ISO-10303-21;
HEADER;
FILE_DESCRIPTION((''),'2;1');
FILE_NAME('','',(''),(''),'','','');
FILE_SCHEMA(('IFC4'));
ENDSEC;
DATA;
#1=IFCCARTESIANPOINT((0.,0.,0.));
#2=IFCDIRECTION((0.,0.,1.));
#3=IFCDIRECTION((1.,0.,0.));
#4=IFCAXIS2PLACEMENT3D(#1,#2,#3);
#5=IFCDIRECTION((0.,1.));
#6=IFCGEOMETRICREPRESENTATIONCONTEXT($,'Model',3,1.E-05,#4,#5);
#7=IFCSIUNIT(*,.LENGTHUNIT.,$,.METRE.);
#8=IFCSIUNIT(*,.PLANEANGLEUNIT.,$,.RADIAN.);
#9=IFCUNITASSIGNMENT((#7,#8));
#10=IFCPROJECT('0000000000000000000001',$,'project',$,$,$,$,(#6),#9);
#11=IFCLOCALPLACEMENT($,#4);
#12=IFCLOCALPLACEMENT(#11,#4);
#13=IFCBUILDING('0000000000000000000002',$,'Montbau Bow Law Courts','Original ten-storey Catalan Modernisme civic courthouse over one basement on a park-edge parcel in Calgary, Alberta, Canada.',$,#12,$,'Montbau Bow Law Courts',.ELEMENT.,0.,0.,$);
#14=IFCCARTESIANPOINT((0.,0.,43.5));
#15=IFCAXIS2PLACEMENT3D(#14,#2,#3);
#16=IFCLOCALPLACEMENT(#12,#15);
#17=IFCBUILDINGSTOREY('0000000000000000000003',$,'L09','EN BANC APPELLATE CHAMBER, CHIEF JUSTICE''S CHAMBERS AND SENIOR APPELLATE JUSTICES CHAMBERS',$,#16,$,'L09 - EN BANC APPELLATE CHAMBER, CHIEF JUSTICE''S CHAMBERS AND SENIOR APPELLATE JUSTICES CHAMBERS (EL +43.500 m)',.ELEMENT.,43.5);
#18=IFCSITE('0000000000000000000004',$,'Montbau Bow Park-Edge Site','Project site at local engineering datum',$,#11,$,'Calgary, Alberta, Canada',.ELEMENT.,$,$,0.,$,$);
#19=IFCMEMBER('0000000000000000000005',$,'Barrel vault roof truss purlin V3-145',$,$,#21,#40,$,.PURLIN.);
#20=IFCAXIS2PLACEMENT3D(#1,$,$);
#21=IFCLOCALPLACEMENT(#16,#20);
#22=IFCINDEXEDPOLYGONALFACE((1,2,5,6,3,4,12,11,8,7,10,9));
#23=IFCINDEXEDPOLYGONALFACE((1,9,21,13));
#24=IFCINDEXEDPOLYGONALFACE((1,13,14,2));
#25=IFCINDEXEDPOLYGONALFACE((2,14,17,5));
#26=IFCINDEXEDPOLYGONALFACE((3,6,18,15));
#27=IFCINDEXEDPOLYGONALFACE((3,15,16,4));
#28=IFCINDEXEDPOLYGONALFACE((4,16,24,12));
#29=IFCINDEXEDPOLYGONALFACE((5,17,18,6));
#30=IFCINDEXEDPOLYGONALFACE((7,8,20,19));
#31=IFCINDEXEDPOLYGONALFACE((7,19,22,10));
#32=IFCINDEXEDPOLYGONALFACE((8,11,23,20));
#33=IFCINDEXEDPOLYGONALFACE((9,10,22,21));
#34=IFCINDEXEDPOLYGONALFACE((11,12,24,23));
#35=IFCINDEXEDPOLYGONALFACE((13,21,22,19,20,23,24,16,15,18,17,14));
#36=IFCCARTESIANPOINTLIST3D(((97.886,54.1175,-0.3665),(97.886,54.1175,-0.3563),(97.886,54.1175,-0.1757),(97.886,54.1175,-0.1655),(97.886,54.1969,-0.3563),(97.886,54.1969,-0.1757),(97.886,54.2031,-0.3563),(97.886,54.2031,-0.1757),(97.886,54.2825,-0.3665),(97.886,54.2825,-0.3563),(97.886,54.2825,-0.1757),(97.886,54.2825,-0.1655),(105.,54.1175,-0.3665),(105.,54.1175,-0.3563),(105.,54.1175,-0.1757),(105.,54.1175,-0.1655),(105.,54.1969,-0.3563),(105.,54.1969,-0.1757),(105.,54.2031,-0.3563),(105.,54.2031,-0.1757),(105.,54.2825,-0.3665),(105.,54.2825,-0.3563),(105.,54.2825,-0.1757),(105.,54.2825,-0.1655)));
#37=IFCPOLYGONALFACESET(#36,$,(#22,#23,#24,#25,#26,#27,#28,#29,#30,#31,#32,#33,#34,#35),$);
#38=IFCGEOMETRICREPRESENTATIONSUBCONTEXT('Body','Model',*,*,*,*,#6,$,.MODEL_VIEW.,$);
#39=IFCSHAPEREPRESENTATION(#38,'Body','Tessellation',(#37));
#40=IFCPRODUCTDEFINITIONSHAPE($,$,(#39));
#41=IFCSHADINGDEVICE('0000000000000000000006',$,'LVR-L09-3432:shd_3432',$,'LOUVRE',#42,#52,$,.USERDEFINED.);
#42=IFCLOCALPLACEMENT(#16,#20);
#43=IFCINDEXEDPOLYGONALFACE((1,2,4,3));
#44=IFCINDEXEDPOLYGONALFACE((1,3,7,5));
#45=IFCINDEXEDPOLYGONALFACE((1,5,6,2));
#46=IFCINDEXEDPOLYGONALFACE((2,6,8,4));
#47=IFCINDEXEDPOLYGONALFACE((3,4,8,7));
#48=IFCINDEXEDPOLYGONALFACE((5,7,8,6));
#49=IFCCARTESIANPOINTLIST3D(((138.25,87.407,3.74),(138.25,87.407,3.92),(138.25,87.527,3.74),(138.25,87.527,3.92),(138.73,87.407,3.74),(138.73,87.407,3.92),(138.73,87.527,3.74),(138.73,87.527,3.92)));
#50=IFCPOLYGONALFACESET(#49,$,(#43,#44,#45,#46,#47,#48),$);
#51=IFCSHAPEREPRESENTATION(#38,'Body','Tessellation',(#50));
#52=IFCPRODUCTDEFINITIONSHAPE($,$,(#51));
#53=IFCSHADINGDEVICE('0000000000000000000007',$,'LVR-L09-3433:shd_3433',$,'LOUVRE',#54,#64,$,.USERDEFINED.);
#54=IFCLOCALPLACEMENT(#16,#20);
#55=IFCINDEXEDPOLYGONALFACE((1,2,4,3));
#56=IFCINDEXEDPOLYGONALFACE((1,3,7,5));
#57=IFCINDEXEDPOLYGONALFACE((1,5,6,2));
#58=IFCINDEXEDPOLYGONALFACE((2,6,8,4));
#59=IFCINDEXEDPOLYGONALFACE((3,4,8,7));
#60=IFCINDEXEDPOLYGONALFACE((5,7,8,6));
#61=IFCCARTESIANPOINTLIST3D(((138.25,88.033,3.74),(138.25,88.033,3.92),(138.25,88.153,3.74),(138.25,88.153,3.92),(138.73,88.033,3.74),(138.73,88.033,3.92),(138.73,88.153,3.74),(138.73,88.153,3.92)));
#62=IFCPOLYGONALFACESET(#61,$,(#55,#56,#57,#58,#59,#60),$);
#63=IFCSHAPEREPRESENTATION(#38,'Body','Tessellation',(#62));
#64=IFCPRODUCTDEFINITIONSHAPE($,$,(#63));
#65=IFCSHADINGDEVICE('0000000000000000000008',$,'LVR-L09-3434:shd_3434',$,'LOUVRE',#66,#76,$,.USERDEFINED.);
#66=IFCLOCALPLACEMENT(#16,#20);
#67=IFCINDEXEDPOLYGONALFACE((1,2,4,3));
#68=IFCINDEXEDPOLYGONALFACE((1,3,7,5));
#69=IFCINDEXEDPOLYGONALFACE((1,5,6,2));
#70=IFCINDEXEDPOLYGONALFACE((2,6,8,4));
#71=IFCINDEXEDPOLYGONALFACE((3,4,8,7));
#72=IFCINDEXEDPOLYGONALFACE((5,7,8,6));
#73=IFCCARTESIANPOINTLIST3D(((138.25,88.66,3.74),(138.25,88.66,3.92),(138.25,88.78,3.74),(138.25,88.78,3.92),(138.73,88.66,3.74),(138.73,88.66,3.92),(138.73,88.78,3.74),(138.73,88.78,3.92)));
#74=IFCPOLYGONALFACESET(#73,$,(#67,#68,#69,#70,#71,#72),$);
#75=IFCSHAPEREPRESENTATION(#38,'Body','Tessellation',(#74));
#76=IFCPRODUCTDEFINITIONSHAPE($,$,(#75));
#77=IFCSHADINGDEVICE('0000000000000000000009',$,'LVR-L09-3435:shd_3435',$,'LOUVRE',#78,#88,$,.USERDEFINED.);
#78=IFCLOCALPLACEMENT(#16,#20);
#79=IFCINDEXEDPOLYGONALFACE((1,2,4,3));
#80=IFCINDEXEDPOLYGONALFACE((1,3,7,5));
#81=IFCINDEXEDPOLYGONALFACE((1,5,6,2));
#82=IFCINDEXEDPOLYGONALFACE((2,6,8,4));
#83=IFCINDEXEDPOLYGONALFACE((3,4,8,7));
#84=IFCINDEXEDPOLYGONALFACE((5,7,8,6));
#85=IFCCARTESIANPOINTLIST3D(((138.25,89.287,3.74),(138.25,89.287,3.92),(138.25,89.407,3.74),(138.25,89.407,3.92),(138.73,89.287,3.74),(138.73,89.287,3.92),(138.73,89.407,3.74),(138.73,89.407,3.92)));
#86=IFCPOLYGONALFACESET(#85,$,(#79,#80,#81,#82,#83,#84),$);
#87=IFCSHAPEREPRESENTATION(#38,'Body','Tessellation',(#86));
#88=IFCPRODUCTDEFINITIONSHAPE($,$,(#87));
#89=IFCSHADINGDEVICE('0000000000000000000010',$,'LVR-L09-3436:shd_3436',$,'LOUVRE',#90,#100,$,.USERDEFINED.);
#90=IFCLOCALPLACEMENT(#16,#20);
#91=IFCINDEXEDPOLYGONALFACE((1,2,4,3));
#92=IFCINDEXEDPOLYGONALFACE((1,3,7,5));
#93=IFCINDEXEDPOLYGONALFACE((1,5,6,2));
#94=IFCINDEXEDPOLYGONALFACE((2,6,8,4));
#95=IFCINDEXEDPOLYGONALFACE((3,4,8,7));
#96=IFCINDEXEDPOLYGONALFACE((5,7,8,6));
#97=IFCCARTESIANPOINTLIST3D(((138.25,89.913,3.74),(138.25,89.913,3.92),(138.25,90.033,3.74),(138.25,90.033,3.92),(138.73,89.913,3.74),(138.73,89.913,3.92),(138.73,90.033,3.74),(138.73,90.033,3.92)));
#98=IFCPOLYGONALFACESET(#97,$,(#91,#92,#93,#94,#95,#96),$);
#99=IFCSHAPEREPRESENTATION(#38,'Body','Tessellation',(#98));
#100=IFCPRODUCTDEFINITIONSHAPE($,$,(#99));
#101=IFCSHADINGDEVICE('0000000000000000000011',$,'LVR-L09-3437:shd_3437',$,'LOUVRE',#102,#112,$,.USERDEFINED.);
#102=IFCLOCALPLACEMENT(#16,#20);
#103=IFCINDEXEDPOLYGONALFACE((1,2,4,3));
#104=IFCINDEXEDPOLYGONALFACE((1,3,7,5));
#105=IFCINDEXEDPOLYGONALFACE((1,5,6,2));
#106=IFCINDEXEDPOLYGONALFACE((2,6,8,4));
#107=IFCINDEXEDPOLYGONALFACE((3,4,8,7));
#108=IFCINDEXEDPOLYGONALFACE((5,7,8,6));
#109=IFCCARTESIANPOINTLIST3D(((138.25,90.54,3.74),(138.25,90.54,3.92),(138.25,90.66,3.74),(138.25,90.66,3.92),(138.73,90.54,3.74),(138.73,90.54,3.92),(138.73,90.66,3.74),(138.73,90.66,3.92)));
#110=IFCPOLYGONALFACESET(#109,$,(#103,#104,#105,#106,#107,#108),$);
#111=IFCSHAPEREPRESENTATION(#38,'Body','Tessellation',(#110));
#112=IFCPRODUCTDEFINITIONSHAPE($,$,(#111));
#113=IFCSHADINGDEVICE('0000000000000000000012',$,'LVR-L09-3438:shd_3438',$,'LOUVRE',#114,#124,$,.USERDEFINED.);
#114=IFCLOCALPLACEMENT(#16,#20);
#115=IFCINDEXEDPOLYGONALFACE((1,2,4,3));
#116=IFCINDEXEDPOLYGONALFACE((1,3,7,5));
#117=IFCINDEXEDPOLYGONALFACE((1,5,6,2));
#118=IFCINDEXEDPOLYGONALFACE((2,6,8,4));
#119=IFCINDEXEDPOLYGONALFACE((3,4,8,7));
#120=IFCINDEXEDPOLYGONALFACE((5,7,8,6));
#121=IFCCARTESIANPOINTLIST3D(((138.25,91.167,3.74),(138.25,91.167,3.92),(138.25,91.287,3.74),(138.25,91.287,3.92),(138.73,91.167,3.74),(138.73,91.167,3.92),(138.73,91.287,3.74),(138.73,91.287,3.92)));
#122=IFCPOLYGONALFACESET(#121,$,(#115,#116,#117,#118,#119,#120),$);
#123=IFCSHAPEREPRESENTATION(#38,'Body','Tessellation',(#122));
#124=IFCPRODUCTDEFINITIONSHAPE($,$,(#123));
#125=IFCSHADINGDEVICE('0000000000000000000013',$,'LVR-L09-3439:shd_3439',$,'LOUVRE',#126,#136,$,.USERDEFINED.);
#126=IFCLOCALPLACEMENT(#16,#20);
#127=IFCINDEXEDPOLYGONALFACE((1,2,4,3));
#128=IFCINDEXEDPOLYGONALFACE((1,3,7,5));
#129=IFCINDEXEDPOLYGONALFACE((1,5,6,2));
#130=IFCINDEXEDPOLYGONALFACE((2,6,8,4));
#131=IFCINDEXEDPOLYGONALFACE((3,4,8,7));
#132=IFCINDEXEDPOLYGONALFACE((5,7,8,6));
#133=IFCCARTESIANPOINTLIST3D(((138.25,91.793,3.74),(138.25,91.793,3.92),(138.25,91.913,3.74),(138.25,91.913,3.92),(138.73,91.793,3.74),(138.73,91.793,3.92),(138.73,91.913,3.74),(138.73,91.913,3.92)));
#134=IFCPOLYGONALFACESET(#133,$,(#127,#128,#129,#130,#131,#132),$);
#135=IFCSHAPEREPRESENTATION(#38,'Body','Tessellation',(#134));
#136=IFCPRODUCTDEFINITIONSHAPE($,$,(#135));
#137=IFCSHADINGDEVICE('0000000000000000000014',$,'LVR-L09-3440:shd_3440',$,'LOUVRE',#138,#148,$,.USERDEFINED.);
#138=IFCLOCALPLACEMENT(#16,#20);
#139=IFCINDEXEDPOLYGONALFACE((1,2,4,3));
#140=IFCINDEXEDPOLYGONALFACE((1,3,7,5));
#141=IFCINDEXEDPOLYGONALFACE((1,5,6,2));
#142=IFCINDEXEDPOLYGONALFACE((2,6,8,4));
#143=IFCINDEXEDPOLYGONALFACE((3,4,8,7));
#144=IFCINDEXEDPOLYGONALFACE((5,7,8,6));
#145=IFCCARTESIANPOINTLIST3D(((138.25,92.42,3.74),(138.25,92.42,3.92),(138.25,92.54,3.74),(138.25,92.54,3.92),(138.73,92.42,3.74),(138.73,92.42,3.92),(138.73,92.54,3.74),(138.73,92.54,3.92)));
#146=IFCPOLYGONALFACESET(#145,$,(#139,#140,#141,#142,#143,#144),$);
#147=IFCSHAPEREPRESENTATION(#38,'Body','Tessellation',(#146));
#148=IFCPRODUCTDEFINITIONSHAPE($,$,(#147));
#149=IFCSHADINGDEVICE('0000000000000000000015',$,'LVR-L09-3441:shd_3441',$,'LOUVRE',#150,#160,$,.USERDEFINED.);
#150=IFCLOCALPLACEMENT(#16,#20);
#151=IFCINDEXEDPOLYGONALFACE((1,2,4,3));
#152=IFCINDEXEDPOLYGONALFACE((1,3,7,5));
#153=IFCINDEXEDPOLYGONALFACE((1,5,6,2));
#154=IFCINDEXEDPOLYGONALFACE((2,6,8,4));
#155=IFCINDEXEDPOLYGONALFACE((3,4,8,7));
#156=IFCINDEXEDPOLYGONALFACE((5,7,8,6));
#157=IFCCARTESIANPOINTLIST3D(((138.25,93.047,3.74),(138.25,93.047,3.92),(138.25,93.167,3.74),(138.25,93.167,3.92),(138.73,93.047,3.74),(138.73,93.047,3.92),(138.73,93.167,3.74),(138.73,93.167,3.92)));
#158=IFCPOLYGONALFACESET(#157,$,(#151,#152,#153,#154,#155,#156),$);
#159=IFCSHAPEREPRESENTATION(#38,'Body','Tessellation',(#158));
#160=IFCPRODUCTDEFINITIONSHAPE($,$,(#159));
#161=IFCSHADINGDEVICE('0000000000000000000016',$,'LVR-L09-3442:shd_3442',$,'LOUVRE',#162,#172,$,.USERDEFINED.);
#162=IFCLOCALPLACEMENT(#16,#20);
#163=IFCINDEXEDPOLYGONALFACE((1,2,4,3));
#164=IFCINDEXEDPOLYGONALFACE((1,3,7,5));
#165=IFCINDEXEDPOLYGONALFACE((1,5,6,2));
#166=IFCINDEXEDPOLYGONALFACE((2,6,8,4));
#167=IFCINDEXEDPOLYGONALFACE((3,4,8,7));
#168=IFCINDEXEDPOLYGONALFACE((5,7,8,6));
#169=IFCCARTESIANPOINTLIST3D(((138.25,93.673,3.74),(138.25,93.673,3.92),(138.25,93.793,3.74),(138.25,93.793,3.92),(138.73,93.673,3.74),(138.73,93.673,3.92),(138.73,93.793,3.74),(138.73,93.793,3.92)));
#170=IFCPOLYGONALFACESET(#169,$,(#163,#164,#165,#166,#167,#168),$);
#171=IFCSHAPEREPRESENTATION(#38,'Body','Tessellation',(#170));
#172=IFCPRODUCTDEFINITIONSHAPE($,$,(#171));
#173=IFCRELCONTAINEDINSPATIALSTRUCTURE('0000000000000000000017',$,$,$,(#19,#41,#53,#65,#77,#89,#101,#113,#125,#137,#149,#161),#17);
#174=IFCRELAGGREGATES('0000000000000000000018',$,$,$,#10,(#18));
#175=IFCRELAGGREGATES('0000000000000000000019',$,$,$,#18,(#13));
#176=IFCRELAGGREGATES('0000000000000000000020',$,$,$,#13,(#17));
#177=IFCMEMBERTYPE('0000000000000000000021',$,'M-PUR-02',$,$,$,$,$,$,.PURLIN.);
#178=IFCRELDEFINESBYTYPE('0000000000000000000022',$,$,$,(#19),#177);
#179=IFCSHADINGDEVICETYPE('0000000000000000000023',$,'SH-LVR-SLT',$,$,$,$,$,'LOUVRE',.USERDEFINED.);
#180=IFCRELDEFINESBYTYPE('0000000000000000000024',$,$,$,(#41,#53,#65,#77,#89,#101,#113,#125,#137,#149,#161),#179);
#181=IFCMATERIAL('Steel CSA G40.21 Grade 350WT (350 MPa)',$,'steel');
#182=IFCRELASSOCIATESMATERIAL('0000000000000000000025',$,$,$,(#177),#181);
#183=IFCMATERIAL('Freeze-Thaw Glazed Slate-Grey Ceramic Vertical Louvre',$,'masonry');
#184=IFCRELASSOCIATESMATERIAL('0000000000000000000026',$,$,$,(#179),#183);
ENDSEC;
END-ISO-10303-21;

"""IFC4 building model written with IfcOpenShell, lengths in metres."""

from ifc_helpers import new_model, si_unit, direction, frame, origin_with_axes, origin_2d_with_axis, place, context, subcontext, project, spatial, rectangle, i_section, extrude, material, material_profile, profile_set, type_object, element, save


model = new_model("IFC4")

# Units and contexts
model_context = context("Model", 3, precision=1e-05, world=origin_with_axes(), true_north=direction((0.0, 1.0)))
body_context = subcontext(model_context, "Body", "Model", "MODEL_VIEW")
ifc_project = project(units=[si_unit("LENGTHUNIT", "METRE"), si_unit("PLANEANGLEUNIT", "RADIAN")], contexts=[model_context])

# Site, building, storey
site_placement = place(None, origin_with_axes())
site = spatial("IfcSite", under=ifc_project, at=site_placement, Name="Montbau Bow Park-Edge Site", Description="Project site at local engineering datum", LongName="Calgary, Alberta, Canada", CompositionType="ELEMENT", RefElevation=0.0)
building_placement = place(site_placement, origin_with_axes())
building = spatial("IfcBuilding", under=site, at=building_placement, Name="Montbau Bow Law Courts", Description="Original ten-storey Catalan Modernisme civic courthouse over one basement on a park-edge parcel in Calgary, Alberta, Canada.", LongName="Montbau Bow Law Courts", CompositionType="ELEMENT", ElevationOfRefHeight=0.0, ElevationOfTerrain=0.0)
storey_placement = place(building_placement, frame((0.0, 0.0, 43.5), z_axis=(0.0, 0.0, 1.0), x_axis=(1.0, 0.0, 0.0)))
storey = spatial("IfcBuildingStorey", under=building, at=storey_placement, Name="L09", Description="EN BANC APPELLATE CHAMBER, CHIEF JUSTICE'S CHAMBERS AND SENIOR APPELLATE JUSTICES CHAMBERS", LongName="L09 - EN BANC APPELLATE CHAMBER, CHIEF JUSTICE'S CHAMBERS AND SENIOR APPELLATE JUSTICES CHAMBERS (EL +43.500 m)", CompositionType="ELEMENT", Elevation=43.5)

# Shared definitions
ifc_material_1 = material(Name="Steel CSA G40.21 Grade 350WT (350 MPa)", Category="steel")

# Member
ifc_material_profile_1 = material_profile(ifc_material_1, i_section(OverallWidth=0.165, OverallDepth=0.201, WebThickness=0.0062, FlangeThickness=0.0102, at=origin_2d_with_axis()), Name="W200X36", Category="Main", Priority=0)
ifc_profile_set_1 = profile_set([ifc_material_profile_1], Name="Steel CSA G40.21 Grade 350WT (350 MPa)")
member_type = type_object("IfcMemberType", Name="M-PUR-02", PredefinedType="PURLIN", material=ifc_profile_set_1)
for number, where, z_axis, x_axis, name in (
    (1, (97.886, 54.2, 43.234), (1.0, 0.0, 0.0), (0.0, 1.0, 0.0), "Barrel vault roof truss purlin V3-145"),
):
    element("IfcMember", number, at=place(None, frame(where, z_axis=z_axis, x_axis=x_axis)), inside=storey, type_object=member_type, Name=name, PredefinedType="PURLIN", context=body_context, shape_type="SweptSolid", body=[
        extrude(i_section(OverallWidth=0.165, OverallDepth=0.201, WebThickness=0.0062, FlangeThickness=0.0102, at=origin_2d_with_axis()), origin_with_axes(), (0.0, 0.0, 1.0), 7.114),
    ])

# Shading devices
ifc_material_2 = material(Name="Freeze-Thaw Glazed Slate-Grey Ceramic Vertical Louvre", Category="masonry")
shading_device_type = type_object("IfcShadingDeviceType", Name="SH-LVR-SLT", ElementType="LOUVRE", PredefinedType="USERDEFINED", material=ifc_material_2)
for number, where, z_axis, x_axis, name in (
    (2, (138.49, 87.467, 47.24), (0.0, 0.0, 1.0), (-1.0, 0.0, 0.0), "LVR-L09-3432:shd_3432"),
    (3, (138.49, 88.093, 47.24), (0.0, 0.0, 1.0), (-1.0, 0.0, 0.0), "LVR-L09-3433:shd_3433"),
    (4, (138.49, 88.72, 47.24), (0.0, 0.0, 1.0), (-1.0, 0.0, 0.0), "LVR-L09-3434:shd_3434"),
    (5, (138.49, 89.347, 47.24), (0.0, 0.0, 1.0), (-1.0, 0.0, 0.0), "LVR-L09-3435:shd_3435"),
    (6, (138.49, 89.973, 47.24), (0.0, 0.0, 1.0), (-1.0, 0.0, 0.0), "LVR-L09-3436:shd_3436"),
    (7, (138.49, 90.6, 47.24), (0.0, 0.0, 1.0), (-1.0, 0.0, 0.0), "LVR-L09-3437:shd_3437"),
    (8, (138.49, 91.227, 47.24), (0.0, 0.0, 1.0), (-1.0, 0.0, 0.0), "LVR-L09-3438:shd_3438"),
    (9, (138.49, 91.853, 47.24), (0.0, 0.0, 1.0), (-1.0, 0.0, 0.0), "LVR-L09-3439:shd_3439"),
    (10, (138.49, 92.48, 47.24), (0.0, 0.0, 1.0), (-1.0, 0.0, 0.0), "LVR-L09-3440:shd_3440"),
    (11, (138.49, 93.107, 47.24), (0.0, 0.0, 1.0), (-1.0, 0.0, 0.0), "LVR-L09-3441:shd_3441"),
    (12, (138.49, 93.733, 47.24), (0.0, 0.0, 1.0), (-1.0, 0.0, 0.0), "LVR-L09-3442:shd_3442"),
):
    element("IfcShadingDevice", number, at=place(None, frame(where, z_axis=z_axis, x_axis=x_axis)), inside=storey, type_object=shading_device_type, Name=name, ObjectType="LOUVRE", PredefinedType="USERDEFINED", context=body_context, shape_type="SweptSolid", body=[
        extrude(rectangle(XDim=0.48, YDim=0.12, at=origin_2d_with_axis()), origin_with_axes(), (0.0, 0.0, 1.0), 0.18),
    ])

save(model, "model.ifc")
